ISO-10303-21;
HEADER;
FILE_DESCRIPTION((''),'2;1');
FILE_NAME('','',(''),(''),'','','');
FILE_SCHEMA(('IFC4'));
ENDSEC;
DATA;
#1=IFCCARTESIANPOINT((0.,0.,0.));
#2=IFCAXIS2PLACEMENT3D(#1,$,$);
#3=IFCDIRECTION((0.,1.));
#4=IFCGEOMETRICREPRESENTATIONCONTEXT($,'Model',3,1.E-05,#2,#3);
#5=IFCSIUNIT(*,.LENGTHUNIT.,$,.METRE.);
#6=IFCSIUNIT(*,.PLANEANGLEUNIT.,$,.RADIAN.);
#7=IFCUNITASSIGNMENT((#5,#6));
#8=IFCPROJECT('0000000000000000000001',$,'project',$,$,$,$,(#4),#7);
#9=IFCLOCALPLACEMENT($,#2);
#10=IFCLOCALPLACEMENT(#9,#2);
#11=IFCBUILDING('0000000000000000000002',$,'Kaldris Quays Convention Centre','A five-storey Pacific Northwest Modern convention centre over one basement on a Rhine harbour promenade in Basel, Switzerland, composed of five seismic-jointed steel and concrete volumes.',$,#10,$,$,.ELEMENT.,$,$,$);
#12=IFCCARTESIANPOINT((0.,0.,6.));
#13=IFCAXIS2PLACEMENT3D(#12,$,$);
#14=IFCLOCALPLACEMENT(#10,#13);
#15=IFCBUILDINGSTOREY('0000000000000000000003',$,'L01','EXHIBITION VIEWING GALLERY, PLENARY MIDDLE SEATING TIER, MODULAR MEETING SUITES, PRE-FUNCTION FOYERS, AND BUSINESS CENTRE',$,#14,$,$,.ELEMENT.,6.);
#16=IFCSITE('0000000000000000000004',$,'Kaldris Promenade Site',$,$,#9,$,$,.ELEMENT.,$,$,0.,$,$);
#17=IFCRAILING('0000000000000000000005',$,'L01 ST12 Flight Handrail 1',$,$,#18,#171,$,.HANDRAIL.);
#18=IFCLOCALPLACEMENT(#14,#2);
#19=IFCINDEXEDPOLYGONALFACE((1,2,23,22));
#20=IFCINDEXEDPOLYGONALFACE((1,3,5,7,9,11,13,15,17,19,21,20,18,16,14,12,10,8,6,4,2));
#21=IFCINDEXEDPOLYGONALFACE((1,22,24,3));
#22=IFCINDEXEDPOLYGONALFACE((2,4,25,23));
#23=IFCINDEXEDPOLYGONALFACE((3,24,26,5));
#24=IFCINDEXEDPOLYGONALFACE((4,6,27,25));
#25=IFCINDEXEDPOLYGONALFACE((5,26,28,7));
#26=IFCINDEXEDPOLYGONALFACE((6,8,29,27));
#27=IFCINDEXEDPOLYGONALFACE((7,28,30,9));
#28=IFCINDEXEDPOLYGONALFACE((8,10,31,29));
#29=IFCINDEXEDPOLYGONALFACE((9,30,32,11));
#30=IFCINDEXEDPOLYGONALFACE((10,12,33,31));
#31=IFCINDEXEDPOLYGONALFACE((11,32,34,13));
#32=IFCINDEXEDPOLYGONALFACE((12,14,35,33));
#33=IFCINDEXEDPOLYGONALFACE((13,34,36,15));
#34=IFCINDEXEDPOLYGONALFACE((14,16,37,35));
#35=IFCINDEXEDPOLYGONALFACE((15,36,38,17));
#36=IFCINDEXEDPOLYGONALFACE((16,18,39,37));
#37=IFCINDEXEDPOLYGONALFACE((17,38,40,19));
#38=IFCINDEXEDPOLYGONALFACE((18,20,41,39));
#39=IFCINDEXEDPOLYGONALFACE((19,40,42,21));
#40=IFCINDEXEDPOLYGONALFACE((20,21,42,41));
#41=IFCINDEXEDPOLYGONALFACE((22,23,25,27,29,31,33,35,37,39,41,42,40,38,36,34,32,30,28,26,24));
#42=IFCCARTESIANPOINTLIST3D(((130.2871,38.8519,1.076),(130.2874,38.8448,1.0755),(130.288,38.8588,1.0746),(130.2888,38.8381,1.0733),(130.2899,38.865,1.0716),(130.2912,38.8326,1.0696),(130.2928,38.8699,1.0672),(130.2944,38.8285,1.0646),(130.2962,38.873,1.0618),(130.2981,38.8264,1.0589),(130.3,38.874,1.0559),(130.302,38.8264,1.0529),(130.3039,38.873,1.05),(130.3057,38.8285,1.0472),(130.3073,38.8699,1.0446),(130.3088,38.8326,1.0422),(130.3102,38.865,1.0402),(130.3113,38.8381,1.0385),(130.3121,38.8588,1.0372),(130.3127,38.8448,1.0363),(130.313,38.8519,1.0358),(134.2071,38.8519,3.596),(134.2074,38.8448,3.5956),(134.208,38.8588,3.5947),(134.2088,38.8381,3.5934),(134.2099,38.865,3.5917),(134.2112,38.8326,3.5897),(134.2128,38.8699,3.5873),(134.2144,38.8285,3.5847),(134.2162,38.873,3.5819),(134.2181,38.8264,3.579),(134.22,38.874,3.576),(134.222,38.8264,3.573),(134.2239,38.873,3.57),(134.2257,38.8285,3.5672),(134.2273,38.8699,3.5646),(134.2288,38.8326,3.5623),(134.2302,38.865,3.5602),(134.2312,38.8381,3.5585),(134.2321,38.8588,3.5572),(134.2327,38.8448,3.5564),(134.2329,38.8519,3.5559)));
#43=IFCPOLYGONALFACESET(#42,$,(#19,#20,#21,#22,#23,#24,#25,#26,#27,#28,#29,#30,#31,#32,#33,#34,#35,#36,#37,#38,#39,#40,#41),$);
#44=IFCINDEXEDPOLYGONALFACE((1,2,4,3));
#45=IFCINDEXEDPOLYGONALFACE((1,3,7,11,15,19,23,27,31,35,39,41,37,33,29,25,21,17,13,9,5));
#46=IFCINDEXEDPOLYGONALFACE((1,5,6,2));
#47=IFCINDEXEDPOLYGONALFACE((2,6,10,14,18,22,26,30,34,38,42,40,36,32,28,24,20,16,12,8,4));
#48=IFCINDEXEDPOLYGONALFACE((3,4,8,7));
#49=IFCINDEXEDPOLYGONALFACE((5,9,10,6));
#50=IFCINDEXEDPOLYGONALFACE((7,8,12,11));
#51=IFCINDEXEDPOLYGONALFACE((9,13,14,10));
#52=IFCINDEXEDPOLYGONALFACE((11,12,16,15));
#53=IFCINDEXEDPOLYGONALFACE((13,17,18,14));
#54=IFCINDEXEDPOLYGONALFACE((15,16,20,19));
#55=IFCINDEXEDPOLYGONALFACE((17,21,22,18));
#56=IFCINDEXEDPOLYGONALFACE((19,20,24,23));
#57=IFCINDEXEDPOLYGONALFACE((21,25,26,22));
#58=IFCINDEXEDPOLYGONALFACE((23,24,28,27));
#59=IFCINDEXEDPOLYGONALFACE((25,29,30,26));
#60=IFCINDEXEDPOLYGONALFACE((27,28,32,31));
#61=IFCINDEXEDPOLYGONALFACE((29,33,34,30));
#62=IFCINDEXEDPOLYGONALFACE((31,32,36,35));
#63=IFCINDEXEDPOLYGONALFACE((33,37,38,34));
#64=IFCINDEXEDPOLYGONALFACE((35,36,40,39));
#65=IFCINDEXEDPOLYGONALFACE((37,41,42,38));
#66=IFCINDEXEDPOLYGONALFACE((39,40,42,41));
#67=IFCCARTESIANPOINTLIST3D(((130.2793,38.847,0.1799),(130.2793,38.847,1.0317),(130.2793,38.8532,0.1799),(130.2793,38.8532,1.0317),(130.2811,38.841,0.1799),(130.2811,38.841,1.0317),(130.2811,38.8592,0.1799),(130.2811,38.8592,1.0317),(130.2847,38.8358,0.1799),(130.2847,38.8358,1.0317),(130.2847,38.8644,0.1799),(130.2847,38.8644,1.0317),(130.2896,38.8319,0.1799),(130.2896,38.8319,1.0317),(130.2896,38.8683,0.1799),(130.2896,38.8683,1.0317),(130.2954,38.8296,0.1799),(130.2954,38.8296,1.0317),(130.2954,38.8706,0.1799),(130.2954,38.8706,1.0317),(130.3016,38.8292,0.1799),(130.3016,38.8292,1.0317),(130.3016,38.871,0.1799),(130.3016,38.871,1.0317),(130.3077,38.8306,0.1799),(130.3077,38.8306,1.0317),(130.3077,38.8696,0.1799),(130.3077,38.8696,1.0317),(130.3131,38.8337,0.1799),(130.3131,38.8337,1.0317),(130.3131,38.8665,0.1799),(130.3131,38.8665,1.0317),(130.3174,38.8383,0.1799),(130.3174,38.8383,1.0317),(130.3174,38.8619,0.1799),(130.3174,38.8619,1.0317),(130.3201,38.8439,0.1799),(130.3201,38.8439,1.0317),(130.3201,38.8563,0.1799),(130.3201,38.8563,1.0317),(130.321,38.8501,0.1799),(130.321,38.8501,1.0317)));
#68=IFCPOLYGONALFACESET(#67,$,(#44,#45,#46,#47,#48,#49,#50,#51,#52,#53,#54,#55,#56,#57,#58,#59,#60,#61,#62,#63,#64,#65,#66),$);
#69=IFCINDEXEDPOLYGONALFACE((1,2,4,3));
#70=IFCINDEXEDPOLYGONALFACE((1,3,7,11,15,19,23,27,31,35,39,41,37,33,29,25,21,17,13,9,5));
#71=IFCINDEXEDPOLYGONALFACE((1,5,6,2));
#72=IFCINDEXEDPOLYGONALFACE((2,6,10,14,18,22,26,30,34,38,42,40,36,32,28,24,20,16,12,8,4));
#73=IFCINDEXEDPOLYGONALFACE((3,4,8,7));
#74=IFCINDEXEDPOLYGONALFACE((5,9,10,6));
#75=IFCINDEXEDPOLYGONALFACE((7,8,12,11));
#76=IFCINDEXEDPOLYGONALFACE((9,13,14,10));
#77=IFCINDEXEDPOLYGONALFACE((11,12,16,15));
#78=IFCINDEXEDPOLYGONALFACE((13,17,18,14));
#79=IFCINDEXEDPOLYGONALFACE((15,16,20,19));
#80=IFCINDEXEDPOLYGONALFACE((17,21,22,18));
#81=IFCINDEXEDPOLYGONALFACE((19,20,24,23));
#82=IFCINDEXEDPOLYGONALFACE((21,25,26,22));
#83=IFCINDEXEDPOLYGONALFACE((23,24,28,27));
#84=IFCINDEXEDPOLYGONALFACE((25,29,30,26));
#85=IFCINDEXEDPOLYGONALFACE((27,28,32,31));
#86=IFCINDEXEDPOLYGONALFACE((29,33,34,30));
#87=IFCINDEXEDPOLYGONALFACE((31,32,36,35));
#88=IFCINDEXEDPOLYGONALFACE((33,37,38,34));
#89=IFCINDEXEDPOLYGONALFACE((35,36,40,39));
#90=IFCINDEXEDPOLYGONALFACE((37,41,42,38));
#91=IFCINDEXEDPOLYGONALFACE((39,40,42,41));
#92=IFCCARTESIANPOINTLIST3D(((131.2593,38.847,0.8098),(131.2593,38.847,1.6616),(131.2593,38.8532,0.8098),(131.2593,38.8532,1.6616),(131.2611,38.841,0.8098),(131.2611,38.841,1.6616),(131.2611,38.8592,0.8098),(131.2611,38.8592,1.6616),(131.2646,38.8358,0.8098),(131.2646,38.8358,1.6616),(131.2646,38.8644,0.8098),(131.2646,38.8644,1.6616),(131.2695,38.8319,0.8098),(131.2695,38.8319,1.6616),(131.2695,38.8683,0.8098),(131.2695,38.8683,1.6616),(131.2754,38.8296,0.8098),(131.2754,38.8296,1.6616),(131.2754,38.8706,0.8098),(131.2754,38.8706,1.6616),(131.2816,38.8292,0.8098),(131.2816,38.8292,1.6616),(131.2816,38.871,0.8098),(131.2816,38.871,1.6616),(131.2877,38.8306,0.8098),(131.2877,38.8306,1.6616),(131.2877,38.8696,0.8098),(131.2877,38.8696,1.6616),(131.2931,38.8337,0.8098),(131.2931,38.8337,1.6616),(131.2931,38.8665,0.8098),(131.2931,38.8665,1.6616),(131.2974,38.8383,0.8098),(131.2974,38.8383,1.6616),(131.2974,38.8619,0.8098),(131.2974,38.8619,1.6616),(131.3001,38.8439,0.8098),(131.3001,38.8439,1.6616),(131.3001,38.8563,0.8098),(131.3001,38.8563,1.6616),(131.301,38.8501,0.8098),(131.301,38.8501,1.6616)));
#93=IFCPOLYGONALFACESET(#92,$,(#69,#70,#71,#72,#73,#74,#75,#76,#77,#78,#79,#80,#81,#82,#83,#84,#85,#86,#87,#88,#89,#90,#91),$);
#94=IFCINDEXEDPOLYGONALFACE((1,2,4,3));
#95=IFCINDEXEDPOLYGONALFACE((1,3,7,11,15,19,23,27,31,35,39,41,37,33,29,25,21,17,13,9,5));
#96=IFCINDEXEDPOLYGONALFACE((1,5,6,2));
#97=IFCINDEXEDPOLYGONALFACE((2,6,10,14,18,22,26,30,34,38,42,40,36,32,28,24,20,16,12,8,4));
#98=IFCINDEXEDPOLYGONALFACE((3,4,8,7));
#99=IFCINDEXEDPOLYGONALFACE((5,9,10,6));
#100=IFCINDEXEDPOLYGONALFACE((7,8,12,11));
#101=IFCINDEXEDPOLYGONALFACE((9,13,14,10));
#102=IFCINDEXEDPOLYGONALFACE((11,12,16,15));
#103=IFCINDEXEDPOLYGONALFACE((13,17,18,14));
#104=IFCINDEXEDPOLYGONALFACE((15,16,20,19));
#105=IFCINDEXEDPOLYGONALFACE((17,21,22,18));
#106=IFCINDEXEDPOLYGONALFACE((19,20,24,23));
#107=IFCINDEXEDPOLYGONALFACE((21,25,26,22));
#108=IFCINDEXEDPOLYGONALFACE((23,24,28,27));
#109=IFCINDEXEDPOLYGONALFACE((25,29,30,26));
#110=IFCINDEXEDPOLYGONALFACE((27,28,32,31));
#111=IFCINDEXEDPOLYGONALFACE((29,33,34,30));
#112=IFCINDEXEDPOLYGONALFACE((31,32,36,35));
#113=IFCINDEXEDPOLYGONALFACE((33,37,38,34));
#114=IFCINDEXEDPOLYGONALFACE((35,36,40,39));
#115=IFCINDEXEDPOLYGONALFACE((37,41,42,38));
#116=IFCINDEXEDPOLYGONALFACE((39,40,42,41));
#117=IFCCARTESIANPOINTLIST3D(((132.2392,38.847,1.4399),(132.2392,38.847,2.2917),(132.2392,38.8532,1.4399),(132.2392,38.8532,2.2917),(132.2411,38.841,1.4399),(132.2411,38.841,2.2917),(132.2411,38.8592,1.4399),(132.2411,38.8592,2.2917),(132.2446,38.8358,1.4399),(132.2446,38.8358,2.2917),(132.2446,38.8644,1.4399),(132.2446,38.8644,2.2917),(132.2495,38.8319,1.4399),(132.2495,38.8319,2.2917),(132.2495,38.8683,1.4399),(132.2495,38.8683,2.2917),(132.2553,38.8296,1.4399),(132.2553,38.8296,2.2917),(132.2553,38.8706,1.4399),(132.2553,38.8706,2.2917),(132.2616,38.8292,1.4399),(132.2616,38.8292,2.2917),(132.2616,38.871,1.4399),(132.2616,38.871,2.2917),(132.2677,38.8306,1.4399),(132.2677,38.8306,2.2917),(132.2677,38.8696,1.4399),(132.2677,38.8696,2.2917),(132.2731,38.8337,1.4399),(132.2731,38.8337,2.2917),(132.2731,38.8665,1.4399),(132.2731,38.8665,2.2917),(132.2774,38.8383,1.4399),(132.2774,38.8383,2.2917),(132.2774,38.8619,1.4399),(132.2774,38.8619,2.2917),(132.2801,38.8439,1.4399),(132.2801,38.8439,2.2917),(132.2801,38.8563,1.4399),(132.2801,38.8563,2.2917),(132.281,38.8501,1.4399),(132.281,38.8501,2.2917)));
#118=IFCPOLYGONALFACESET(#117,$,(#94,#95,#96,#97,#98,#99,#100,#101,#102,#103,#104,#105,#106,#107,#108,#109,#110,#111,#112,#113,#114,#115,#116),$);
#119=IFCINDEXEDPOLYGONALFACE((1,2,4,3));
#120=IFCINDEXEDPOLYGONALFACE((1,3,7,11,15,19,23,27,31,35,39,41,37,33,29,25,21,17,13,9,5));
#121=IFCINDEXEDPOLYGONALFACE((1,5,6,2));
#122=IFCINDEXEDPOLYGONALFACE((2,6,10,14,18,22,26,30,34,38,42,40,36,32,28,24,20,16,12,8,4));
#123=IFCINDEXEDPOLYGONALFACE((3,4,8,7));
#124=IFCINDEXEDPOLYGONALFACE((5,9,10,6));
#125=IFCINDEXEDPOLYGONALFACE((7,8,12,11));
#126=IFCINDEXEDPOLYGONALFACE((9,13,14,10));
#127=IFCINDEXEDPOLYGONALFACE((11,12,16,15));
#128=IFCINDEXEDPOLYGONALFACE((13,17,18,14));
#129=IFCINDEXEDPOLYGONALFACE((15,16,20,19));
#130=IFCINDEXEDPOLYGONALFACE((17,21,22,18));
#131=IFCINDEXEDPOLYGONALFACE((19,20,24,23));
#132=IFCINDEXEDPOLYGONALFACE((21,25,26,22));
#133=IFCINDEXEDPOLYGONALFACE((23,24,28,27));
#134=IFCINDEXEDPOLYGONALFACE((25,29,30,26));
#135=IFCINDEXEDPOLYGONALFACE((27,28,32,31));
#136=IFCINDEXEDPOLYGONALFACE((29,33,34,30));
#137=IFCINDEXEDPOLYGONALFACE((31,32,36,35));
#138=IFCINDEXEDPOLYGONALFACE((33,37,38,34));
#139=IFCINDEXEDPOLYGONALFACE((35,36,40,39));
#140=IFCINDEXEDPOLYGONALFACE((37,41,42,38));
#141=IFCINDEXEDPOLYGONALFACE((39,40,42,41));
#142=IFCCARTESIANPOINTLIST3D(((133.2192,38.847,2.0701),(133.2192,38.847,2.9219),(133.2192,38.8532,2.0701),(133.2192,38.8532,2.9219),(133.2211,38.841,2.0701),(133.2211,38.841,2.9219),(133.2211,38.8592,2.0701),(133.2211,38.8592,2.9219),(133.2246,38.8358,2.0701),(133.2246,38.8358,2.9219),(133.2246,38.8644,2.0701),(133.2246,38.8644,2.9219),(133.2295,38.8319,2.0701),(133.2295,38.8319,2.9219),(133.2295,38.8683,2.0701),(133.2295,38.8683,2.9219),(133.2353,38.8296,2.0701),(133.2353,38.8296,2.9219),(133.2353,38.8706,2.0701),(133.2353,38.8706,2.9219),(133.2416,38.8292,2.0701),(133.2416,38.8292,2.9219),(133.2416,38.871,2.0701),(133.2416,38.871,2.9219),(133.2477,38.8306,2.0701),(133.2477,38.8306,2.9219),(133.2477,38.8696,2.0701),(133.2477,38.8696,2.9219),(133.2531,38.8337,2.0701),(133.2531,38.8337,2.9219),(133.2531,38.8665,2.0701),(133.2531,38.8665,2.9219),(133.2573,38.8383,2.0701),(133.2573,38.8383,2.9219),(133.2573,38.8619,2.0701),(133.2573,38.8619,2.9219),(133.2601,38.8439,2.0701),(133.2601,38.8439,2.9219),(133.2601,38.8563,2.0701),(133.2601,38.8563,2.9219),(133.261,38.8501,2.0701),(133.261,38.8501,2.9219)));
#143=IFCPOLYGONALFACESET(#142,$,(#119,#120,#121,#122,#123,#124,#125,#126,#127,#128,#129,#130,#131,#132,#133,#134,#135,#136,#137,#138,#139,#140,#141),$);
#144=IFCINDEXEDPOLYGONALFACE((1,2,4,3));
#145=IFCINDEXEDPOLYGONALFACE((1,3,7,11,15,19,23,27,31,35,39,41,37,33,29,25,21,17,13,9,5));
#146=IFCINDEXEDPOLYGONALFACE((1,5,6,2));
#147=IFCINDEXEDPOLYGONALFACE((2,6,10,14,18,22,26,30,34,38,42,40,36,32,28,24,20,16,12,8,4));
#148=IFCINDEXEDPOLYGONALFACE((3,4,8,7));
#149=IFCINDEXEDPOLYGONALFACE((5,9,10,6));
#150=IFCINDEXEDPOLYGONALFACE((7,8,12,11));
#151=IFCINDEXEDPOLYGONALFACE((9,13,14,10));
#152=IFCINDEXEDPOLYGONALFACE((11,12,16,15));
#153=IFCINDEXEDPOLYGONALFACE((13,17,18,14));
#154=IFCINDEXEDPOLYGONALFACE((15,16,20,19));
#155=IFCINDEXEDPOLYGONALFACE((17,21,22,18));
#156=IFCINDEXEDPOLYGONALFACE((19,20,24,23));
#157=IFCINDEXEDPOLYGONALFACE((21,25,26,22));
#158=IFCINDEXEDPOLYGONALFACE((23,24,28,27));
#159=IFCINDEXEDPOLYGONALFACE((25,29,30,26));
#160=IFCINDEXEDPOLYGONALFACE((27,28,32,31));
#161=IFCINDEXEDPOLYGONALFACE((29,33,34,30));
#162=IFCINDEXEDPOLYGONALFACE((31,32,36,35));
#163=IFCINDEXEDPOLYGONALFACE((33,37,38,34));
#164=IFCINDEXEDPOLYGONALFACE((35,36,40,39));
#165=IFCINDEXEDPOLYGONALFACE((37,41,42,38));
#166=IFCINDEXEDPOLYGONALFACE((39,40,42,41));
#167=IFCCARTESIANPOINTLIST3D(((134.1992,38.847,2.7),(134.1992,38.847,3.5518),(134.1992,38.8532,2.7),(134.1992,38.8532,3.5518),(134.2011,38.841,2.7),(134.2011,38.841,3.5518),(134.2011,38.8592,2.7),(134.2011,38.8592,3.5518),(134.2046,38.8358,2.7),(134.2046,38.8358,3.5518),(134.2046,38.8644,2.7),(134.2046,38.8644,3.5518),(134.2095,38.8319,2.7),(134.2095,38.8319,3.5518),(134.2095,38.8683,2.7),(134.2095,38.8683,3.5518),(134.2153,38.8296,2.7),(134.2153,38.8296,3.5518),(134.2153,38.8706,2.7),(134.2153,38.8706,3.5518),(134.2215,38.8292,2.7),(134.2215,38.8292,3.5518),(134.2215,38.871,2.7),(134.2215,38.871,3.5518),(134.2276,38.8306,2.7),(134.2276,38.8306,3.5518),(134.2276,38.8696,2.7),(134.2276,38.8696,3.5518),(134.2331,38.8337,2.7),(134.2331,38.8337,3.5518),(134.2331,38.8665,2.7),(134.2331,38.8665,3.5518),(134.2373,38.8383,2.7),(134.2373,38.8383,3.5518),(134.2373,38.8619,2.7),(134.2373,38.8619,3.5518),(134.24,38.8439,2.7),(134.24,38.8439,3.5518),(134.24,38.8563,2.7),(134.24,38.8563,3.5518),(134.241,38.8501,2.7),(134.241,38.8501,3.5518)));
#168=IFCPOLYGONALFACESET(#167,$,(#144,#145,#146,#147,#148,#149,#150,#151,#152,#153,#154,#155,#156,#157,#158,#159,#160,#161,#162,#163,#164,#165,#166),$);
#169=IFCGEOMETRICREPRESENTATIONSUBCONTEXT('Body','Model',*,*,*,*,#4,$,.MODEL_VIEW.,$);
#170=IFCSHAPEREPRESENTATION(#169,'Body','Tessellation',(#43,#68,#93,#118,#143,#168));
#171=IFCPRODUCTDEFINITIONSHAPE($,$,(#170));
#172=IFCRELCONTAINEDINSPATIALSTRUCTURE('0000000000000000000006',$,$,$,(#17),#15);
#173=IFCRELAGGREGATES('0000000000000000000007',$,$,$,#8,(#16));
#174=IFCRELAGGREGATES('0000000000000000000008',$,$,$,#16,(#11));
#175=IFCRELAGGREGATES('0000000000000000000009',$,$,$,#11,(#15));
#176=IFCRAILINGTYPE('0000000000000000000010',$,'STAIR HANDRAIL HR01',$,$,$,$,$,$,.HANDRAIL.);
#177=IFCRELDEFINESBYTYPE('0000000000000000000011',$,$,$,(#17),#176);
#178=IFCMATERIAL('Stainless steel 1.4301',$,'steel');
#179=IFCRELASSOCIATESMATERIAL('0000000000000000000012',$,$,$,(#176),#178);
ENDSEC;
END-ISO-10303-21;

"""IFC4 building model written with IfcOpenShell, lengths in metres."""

from ifc_helpers import new_model, si_unit, direction, frame, origin, origin_2d, place, context, subcontext, project, spatial, circle, extrude, material, type_object, element, save


model = new_model("IFC4")

# Units and contexts
model_context = context("Model", 3, precision=1e-05, world=origin(), true_north=direction((0.0, 1.0)))
body_context = subcontext(model_context, "Body", "Model", "MODEL_VIEW")
ifc_project = project(units=[si_unit("LENGTHUNIT", "METRE"), si_unit("PLANEANGLEUNIT", "RADIAN")], contexts=[model_context])

# Site, building, storey
site_placement = place(None, origin())
site = spatial("IfcSite", under=ifc_project, at=site_placement, Name="Kaldris Promenade Site", CompositionType="ELEMENT", RefElevation=0.0)
building_placement = place(site_placement, origin())
building = spatial("IfcBuilding", under=site, at=building_placement, Name="Kaldris Quays Convention Centre", Description="A five-storey Pacific Northwest Modern convention centre over one basement on a Rhine harbour promenade in Basel, Switzerland, composed of five seismic-jointed steel and concrete volumes.", CompositionType="ELEMENT")
storey_placement = place(building_placement, frame((0.0, 0.0, 6.0)))
storey = spatial("IfcBuildingStorey", under=building, at=storey_placement, Name="L01", Description="EXHIBITION VIEWING GALLERY, PLENARY MIDDLE SEATING TIER, MODULAR MEETING SUITES, PRE-FUNCTION FOYERS, AND BUSINESS CENTRE", CompositionType="ELEMENT", Elevation=6.0)

# Railing
ifc_material_1 = material(Name="Stainless steel 1.4301", Category="steel")
railing_type_1 = type_object("IfcRailingType", Name="STAIR HANDRAIL HR01", PredefinedType="HANDRAIL", material=ifc_material_1)
railing_1_placement = place(storey_placement, frame((130.3, 38.8501, 0.1799)))
element("IfcRailing", 1, at=railing_1_placement, inside=storey, type_object=railing_type_1, Name="L01 ST12 Flight Handrail 1", PredefinedType="HANDRAIL", context=body_context, shape_type="SweptSolid", body=[
    extrude(circle(Radius=0.0239, at=origin_2d()), frame((0.0, 0.0, 0.876), z_axis=(0.841172, 0.0, 0.540768), x_axis=(0.0, 1.0, 0.0)), (0.0, 0.0, 1.0), 4.6602),
    extrude(circle(Radius=0.021, at=origin_2d()), origin(), (0.0, 0.0, 1.0), 0.8518),
    extrude(circle(Radius=0.021, at=origin_2d()), frame((0.98, 0.0, 0.6299)), (0.0, 0.0, 1.0), 0.8518),
    extrude(circle(Radius=0.021, at=origin_2d()), frame((1.96, 0.0, 1.26)), (0.0, 0.0, 1.0), 0.8518),
    extrude(circle(Radius=0.021, at=origin_2d()), frame((2.9399, 0.0, 1.8901)), (0.0, 0.0, 1.0), 0.8518),
    extrude(circle(Radius=0.021, at=origin_2d()), frame((3.9199, 0.0, 2.52)), (0.0, 0.0, 1.0), 0.8518),
])

save(model, "model.ifc")
